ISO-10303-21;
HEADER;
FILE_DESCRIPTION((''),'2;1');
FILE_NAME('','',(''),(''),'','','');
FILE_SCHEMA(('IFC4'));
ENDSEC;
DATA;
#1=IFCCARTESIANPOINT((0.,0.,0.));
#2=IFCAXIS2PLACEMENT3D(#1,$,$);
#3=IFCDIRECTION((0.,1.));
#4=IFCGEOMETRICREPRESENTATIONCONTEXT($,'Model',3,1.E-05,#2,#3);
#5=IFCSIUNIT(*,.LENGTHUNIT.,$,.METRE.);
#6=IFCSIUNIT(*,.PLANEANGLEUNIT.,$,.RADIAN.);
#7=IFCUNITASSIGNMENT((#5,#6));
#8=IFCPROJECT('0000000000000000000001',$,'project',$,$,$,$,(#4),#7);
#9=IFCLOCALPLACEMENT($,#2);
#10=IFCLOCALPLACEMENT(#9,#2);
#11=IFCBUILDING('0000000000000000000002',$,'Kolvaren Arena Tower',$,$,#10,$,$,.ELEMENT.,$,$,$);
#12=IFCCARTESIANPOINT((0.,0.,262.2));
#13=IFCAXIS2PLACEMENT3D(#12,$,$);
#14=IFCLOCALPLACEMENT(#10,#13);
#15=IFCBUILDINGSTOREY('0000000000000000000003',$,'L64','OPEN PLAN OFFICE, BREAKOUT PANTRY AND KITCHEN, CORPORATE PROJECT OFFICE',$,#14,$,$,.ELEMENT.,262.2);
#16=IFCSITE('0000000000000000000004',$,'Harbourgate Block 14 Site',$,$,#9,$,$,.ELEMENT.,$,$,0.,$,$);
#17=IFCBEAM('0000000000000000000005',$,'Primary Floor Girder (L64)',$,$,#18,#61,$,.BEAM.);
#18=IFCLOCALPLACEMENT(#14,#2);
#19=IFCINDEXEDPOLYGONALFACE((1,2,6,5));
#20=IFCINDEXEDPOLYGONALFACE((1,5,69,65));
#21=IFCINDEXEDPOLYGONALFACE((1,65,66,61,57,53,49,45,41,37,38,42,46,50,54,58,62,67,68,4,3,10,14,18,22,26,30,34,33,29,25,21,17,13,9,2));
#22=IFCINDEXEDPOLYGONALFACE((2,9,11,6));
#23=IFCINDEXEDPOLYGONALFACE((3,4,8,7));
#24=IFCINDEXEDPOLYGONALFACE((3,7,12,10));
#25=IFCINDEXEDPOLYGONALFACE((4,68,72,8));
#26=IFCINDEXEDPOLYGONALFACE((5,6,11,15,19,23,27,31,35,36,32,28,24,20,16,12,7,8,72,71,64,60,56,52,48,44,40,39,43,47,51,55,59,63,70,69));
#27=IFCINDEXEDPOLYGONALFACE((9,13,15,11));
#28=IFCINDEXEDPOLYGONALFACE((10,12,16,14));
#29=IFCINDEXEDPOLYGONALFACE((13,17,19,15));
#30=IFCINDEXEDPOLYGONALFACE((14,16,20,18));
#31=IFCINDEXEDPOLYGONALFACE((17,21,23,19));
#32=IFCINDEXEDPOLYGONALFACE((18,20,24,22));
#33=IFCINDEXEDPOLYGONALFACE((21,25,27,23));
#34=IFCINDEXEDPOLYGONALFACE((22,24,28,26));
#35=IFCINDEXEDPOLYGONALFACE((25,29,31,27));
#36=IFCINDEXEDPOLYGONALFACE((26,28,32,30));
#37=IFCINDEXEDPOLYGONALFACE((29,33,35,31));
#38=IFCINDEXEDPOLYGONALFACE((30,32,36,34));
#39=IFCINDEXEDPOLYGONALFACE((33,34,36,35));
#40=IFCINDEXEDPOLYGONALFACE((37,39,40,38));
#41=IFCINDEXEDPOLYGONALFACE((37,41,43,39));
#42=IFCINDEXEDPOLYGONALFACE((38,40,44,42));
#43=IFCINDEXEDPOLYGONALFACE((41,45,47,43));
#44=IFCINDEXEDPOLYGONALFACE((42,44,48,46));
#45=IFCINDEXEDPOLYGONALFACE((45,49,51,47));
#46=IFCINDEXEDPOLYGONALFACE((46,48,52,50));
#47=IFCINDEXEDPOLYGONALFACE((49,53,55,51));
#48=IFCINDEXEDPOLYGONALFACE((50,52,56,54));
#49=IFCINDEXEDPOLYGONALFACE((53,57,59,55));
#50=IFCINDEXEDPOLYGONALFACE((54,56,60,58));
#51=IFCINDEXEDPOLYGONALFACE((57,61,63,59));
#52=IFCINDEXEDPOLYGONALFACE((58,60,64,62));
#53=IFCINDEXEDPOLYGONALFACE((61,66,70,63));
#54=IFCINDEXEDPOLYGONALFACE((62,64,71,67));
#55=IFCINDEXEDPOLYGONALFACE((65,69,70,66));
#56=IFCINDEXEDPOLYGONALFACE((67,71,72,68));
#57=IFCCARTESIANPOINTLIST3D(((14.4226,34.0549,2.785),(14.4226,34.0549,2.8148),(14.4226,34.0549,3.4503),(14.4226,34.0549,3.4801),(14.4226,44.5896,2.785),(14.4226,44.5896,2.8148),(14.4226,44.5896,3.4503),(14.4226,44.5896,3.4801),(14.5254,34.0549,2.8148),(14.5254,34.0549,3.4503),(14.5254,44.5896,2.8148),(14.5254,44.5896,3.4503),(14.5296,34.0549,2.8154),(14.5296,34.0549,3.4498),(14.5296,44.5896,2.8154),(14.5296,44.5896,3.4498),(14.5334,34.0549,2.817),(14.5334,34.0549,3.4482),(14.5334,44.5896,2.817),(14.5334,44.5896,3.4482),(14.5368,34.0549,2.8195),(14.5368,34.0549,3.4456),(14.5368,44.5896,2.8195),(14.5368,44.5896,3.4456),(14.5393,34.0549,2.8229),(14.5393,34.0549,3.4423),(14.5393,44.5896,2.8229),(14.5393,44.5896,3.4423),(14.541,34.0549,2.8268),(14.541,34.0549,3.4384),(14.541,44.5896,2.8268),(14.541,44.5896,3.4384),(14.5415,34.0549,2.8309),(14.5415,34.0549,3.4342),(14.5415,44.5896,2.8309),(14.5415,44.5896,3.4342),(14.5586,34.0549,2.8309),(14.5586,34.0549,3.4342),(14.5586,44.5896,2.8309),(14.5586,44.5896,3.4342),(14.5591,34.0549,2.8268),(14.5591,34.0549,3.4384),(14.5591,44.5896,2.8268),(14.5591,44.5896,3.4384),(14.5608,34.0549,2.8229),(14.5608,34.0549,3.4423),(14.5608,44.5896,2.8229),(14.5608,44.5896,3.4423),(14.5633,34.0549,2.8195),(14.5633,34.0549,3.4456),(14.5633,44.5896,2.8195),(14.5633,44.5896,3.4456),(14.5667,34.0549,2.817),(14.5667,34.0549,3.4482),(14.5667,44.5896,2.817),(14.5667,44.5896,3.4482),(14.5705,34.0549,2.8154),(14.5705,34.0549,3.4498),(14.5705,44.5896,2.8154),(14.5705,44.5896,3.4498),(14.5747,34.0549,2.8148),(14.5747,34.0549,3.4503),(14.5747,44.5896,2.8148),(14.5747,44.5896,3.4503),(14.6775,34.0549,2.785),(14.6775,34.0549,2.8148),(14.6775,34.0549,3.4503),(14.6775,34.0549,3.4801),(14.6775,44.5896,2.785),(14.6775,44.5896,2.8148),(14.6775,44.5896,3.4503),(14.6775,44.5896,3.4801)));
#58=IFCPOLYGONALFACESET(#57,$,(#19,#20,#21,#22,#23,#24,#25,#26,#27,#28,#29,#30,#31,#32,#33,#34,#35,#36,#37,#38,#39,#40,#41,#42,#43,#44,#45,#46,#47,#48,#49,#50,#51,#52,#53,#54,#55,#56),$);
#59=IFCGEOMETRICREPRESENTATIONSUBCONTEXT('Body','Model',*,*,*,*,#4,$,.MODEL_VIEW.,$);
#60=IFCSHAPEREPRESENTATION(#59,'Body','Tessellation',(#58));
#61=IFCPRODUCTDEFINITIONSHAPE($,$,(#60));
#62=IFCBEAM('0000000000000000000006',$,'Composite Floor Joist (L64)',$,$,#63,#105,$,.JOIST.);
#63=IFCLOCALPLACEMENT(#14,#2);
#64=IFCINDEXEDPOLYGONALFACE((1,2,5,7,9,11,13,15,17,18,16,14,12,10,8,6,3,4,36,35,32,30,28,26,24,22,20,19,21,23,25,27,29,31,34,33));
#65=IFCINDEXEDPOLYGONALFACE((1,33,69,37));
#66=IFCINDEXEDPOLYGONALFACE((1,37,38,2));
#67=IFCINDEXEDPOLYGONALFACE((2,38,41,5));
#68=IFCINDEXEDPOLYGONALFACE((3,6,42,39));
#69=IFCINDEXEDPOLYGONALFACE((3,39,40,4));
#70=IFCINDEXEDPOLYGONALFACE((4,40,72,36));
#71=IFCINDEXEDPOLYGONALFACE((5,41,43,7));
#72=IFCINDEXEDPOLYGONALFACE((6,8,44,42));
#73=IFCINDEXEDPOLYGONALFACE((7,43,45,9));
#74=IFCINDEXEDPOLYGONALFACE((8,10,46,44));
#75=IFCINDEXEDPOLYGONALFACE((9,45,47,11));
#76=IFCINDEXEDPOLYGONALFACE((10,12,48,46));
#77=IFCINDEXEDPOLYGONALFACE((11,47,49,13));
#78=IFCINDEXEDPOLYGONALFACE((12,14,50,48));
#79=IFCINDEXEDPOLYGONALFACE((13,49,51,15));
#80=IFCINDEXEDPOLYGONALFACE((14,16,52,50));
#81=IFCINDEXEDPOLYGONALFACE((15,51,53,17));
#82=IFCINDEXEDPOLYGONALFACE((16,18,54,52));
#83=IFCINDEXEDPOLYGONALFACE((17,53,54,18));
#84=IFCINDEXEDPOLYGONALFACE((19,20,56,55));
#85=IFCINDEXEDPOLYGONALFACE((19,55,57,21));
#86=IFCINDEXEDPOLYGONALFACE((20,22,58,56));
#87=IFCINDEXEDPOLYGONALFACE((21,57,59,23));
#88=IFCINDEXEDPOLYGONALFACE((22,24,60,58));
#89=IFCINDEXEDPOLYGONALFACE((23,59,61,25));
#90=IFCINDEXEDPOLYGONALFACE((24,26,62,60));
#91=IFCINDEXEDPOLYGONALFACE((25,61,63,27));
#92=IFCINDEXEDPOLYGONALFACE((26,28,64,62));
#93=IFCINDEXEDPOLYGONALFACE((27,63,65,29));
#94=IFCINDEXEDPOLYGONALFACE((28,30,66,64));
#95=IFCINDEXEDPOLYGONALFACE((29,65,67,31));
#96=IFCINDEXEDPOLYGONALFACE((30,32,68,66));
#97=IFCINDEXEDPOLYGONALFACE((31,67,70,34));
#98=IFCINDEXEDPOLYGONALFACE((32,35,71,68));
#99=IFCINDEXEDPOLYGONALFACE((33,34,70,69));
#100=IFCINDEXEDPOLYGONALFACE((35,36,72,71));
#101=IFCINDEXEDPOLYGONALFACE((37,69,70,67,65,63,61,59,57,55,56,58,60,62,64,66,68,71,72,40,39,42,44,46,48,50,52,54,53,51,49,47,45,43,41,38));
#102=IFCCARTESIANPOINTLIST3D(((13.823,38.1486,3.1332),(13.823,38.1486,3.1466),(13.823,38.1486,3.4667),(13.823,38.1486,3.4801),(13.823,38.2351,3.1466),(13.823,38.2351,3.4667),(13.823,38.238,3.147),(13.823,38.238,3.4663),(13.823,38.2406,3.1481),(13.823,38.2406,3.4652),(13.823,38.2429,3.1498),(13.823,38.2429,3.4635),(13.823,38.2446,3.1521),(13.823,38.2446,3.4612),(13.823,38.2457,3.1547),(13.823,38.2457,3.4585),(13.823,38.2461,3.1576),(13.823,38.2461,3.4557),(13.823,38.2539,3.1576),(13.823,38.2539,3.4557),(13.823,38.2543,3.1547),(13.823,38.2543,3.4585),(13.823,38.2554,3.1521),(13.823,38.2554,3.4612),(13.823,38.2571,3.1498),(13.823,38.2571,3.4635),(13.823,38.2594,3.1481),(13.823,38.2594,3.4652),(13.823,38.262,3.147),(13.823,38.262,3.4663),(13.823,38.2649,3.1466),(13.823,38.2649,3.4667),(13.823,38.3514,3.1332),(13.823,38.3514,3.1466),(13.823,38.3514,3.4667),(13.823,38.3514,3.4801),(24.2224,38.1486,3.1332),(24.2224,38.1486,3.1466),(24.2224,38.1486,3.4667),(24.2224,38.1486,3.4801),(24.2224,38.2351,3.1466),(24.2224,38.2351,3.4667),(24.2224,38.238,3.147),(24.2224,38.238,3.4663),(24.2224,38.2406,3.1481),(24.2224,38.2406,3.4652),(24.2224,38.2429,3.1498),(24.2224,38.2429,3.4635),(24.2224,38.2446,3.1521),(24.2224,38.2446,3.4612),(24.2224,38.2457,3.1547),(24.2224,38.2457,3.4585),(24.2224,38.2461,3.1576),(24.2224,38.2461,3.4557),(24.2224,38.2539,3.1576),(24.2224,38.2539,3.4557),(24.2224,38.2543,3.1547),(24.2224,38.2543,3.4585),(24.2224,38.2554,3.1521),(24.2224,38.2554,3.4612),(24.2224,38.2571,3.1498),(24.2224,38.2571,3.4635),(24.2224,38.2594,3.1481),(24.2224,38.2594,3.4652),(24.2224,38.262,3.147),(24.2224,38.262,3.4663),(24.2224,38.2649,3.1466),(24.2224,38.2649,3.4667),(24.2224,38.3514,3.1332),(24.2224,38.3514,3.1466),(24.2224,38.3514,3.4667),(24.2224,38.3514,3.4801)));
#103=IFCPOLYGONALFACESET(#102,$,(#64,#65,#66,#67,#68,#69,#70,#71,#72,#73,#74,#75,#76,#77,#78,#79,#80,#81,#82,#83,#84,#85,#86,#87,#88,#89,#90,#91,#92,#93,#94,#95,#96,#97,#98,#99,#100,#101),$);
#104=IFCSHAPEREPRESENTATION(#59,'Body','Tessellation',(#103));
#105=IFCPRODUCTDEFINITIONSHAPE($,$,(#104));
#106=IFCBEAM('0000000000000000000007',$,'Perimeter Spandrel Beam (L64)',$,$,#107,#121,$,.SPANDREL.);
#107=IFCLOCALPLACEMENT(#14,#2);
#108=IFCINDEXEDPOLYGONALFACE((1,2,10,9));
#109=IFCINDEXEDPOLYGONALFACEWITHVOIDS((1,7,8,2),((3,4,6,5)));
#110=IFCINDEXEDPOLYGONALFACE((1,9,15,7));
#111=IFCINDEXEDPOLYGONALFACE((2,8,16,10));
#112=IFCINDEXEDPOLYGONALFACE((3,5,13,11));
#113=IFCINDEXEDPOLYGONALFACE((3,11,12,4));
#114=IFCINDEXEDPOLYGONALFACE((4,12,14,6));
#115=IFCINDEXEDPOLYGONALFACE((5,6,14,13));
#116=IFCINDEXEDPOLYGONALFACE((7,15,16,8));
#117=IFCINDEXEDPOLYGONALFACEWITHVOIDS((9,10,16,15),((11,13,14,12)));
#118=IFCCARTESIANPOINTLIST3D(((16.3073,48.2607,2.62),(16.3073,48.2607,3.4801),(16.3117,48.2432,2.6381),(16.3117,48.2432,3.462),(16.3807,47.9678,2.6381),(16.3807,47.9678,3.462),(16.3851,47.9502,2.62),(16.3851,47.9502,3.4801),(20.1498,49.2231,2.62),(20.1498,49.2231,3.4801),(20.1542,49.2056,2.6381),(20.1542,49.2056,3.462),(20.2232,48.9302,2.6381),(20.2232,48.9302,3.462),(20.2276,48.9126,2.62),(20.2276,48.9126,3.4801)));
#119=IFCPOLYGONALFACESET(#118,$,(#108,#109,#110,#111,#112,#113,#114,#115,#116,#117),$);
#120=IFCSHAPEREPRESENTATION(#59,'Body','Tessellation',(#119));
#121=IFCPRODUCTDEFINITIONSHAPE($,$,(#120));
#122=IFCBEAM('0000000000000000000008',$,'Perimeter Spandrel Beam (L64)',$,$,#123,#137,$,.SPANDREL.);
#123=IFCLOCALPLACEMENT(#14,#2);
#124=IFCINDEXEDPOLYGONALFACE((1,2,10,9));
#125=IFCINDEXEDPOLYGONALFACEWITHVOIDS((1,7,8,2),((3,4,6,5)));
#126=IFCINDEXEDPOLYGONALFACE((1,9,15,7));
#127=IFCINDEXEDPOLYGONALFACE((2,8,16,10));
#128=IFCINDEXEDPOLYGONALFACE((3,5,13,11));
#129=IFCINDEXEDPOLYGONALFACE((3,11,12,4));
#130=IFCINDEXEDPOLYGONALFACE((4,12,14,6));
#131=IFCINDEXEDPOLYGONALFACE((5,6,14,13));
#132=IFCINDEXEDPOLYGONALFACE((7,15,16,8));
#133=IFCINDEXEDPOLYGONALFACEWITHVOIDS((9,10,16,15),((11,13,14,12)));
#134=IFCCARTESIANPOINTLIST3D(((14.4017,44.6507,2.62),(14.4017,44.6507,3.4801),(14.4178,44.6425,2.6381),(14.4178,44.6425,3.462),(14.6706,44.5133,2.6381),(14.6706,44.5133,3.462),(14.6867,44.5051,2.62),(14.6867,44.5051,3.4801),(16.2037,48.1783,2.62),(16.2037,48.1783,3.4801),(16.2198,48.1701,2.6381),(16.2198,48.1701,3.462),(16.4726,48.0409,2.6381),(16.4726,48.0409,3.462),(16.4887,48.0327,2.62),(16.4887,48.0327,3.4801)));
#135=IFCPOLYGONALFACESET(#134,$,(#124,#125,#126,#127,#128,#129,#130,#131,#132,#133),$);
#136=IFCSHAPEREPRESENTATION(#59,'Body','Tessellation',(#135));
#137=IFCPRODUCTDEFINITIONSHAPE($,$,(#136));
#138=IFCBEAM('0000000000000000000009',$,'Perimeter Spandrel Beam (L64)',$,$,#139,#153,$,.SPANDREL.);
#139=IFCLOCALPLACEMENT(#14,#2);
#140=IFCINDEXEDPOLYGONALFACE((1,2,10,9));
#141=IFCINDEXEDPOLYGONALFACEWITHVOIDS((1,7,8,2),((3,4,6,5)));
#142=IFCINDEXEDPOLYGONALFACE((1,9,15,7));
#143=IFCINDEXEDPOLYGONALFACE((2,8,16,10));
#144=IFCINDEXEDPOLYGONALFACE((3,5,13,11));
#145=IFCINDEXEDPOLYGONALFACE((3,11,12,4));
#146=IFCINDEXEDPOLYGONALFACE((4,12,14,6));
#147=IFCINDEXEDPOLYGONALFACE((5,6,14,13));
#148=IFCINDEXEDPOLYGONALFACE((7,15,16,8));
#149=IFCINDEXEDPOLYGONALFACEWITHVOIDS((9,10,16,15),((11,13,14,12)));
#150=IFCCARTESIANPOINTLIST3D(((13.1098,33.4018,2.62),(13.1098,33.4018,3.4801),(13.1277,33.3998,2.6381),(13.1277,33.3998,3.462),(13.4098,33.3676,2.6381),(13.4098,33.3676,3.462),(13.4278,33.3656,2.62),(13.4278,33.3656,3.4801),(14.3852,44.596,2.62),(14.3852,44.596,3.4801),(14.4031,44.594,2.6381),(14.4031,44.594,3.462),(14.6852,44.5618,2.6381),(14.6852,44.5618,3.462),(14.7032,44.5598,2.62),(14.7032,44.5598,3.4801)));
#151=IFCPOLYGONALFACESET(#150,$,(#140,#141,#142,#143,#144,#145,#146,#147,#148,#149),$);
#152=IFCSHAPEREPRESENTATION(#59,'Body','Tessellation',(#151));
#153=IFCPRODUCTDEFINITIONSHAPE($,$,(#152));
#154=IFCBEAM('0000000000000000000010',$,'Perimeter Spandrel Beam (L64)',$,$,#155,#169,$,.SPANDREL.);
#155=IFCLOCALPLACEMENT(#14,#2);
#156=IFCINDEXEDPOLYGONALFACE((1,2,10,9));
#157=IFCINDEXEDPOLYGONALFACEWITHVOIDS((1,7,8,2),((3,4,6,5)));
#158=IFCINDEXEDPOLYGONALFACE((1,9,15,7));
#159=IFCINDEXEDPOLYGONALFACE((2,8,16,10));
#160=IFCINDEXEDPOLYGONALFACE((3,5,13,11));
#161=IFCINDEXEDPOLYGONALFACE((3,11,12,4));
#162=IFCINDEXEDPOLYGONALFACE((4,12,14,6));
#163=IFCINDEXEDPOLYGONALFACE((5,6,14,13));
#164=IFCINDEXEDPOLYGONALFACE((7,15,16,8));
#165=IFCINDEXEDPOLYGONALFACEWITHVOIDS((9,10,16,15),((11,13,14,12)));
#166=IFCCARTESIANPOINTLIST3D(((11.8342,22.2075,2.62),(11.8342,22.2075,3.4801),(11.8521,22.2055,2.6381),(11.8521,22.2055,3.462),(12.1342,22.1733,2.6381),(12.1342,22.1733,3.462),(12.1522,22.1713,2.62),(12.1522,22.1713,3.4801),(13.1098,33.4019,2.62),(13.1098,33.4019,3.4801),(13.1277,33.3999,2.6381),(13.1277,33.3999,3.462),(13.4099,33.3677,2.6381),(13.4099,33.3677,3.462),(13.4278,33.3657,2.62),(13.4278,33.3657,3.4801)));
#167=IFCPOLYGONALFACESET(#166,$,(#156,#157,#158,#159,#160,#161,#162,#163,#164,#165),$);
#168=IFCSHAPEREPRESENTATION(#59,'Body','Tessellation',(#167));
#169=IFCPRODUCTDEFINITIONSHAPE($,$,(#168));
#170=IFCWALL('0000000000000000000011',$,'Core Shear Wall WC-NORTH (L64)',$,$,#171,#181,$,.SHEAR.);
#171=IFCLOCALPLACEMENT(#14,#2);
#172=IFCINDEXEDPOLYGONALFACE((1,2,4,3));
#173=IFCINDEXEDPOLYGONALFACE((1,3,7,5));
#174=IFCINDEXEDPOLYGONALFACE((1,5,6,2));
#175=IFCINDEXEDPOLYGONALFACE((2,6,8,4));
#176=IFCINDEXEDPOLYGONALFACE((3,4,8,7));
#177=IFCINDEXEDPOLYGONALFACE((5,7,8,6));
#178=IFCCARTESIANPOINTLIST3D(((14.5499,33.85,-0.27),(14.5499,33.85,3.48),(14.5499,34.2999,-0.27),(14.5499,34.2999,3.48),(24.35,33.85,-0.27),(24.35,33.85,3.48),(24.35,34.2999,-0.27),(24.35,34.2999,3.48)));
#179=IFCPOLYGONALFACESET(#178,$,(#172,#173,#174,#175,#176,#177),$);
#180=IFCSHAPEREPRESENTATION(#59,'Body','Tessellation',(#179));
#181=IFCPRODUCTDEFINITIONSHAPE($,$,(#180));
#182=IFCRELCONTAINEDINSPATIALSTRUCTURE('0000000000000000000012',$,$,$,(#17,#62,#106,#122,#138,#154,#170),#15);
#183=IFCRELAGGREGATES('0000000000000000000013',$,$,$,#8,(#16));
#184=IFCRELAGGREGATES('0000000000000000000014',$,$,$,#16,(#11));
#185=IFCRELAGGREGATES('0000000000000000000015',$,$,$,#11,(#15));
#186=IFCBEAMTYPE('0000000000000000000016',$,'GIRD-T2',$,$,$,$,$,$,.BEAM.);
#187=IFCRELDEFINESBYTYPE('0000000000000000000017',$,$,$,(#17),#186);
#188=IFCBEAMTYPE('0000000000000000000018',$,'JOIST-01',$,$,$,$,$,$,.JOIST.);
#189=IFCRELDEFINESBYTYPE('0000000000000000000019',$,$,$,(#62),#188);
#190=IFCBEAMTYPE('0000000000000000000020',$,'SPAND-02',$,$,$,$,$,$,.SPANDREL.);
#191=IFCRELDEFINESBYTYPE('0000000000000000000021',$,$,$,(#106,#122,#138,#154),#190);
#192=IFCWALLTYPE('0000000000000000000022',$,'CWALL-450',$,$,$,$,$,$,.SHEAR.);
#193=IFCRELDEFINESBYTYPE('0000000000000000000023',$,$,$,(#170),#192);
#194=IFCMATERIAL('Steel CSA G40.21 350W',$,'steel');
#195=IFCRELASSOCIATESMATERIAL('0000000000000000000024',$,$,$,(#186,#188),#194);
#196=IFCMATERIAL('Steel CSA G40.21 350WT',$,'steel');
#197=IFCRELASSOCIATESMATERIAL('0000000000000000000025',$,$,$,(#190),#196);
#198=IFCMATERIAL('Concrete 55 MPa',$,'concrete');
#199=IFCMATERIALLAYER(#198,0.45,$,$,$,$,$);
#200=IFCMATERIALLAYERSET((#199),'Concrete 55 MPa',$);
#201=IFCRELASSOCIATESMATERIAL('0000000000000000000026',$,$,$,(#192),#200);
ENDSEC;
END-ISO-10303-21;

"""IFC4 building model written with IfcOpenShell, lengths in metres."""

from ifc_helpers import new_model, si_unit, direction, frame, frame_2d, origin, origin_2d, place, context, subcontext, project, spatial, rectangle, hollow_rectangle, i_section, extrude, material, layer, layer_set, material_profile, profile_set, type_object, element, save


model = new_model("IFC4")

# Units and contexts
model_context = context("Model", 3, precision=1e-05, world=origin(), true_north=direction((0.0, 1.0)))
body_context = subcontext(model_context, "Body", "Model", "MODEL_VIEW")
ifc_project = project(units=[si_unit("LENGTHUNIT", "METRE"), si_unit("PLANEANGLEUNIT", "RADIAN")], contexts=[model_context])

# Site, building, storey
site_placement = place(None, origin())
site = spatial("IfcSite", under=ifc_project, at=site_placement, Name="Harbourgate Block 14 Site", CompositionType="ELEMENT", RefElevation=0.0)
building_placement = place(site_placement, origin())
building = spatial("IfcBuilding", under=site, at=building_placement, Name="Kolvaren Arena Tower", CompositionType="ELEMENT")
storey_placement = place(building_placement, frame((0.0, 0.0, 262.2)))
storey = spatial("IfcBuildingStorey", under=building, at=storey_placement, Name="L64", Description="OPEN PLAN OFFICE, BREAKOUT PANTRY AND KITCHEN, CORPORATE PROJECT OFFICE", CompositionType="ELEMENT", Elevation=262.2)

# Beams
ifc_material_1 = material(Name="Steel CSA G40.21 350W", Category="steel")
ifc_material_profile_1 = material_profile(ifc_material_1, i_section(OverallWidth=0.2549, OverallDepth=0.6951, WebThickness=0.0171, FlangeThickness=0.0298, FilletRadius=0.0161, at=origin_2d()), Name="W690x217")
ifc_profile_set_1 = profile_set([ifc_material_profile_1], Name="Steel CSA G40.21 350W")
beam_type_1 = type_object("IfcBeamType", Name="GIRD-T2", PredefinedType="BEAM", material=ifc_profile_set_1)
beam_1_placement = place(storey_placement, frame((14.55, 34.0549, 3.1326), z_axis=(0.0, 1.0, 0.0), x_axis=(-1.0, 0.0, 0.0)))
element("IfcBeam", 1, at=beam_1_placement, inside=storey, type_object=beam_type_1, Name="Primary Floor Girder (L64)", PredefinedType="BEAM", context=body_context, shape_type="SweptSolid", body=[
    extrude(i_section(OverallWidth=0.2549, OverallDepth=0.6951, WebThickness=0.0171, FlangeThickness=0.0298, FilletRadius=0.0161, at=origin_2d()), origin(), (0.0, 0.0, 1.0), 10.5347),
])
ifc_material_profile_2 = material_profile(ifc_material_1, i_section(OverallWidth=0.2029, OverallDepth=0.3469, WebThickness=0.0078, FlangeThickness=0.0134, FilletRadius=0.011, at=origin_2d()), Name="W360x64")
ifc_profile_set_2 = profile_set([ifc_material_profile_2], Name="Steel CSA G40.21 350W")
beam_type_2 = type_object("IfcBeamType", Name="JOIST-01", PredefinedType="JOIST", material=ifc_profile_set_2)
beam_2_placement = place(storey_placement, frame((13.823, 38.25, 3.3066), z_axis=(1.0, 0.0, 0.0), x_axis=(0.0, 1.0, 0.0)))
element("IfcBeam", 2, at=beam_2_placement, inside=storey, type_object=beam_type_2, Name="Composite Floor Joist (L64)", PredefinedType="JOIST", context=body_context, shape_type="SweptSolid", body=[
    extrude(i_section(OverallWidth=0.2029, OverallDepth=0.3469, WebThickness=0.0078, FlangeThickness=0.0134, FilletRadius=0.011, at=origin_2d()), origin(), (0.0, 0.0, 1.0), 10.3994),
])
ifc_material_2 = material(Name="Steel CSA G40.21 350WT", Category="steel")
ifc_material_profile_3 = material_profile(ifc_material_2, hollow_rectangle(XDim=0.3201, YDim=0.8601, WallThickness=0.0181, at=origin_2d()), Name="HSS 860x320x18")
ifc_profile_set_3 = profile_set([ifc_material_profile_3], Name="Steel CSA G40.21 350WT")
beam_type_3 = type_object("IfcBeamType", Name="SPAND-02", PredefinedType="SPANDREL", material=ifc_profile_set_3)
for number, where, z_axis, x_axis, name in (
    (3, (20.1887, 49.0679, 3.05), (-0.970037, -0.242956, 0.0), (0.242956, -0.970037, 0.0), "Perimeter Spandrel Beam (L64)"),
    (4, (16.3462, 48.1055, 3.05), (-0.454913, -0.890536, 0.0), (0.890536, -0.454913, 0.0), "Perimeter Spandrel Beam (L64)"),
):
    element("IfcBeam", number, at=place(storey_placement, frame(where, z_axis=z_axis, x_axis=x_axis)), inside=storey, type_object=beam_type_3, Name=name, PredefinedType="SPANDREL", context=body_context, shape_type="SweptSolid", body=[
        extrude(hollow_rectangle(XDim=0.3201, YDim=0.8601, WallThickness=0.0181, at=origin_2d()), origin(), (0.0, 0.0, 1.0), 3.9612),
    ])
beam_3_placement = place(storey_placement, frame((14.5442, 44.5779, 3.05), z_axis=(-0.113202, -0.993572, 0.0), x_axis=(0.993572, -0.113202, 0.0)))
element("IfcBeam", 5, at=beam_3_placement, inside=storey, type_object=beam_type_3, Name="Perimeter Spandrel Beam (L64)", PredefinedType="SPANDREL", context=body_context, shape_type="SweptSolid", body=[
    extrude(hollow_rectangle(XDim=0.3201, YDim=0.8601, WallThickness=0.0181, at=origin_2d()), origin(), (0.0, 0.0, 1.0), 11.2666),
])
beam_4_placement = place(storey_placement, frame((13.2688, 33.3838, 3.05), z_axis=(-0.113221, -0.99357, 0.0), x_axis=(0.99357, -0.113221, 0.0)))
element("IfcBeam", 6, at=beam_4_placement, inside=storey, type_object=beam_type_3, Name="Perimeter Spandrel Beam (L64)", PredefinedType="SPANDREL", context=body_context, shape_type="SweptSolid", body=[
    extrude(hollow_rectangle(XDim=0.3201, YDim=0.8601, WallThickness=0.0181, at=origin_2d()), origin(), (0.0, 0.0, 1.0), 11.2668),
])

# Wall
ifc_material_3 = material(Name="Concrete 55 MPa", Category="concrete")
ifc_layer_1 = layer(ifc_material_3, 0.45)
ifc_layer_set_1 = layer_set([ifc_layer_1], Name="Concrete 55 MPa")
wall_type_1 = type_object("IfcWallType", Name="CWALL-450", PredefinedType="SHEAR", material=ifc_layer_set_1)
wall_1_placement = place(storey_placement, frame((14.55, 34.075, -0.27), z_axis=(0.0, 0.0, 1.0), x_axis=(1.0, 0.0, 0.0)))
element("IfcWall", 7, at=wall_1_placement, inside=storey, type_object=wall_type_1, Name="Core Shear Wall WC-NORTH (L64)", PredefinedType="SHEAR", context=body_context, shape_type="SweptSolid", body=[
    extrude(rectangle(XDim=9.8, YDim=0.45, at=frame_2d((4.8999, 0.0))), origin(), (0.0, 0.0, 1.0), 3.75),
])

save(model, "model.ifc")
